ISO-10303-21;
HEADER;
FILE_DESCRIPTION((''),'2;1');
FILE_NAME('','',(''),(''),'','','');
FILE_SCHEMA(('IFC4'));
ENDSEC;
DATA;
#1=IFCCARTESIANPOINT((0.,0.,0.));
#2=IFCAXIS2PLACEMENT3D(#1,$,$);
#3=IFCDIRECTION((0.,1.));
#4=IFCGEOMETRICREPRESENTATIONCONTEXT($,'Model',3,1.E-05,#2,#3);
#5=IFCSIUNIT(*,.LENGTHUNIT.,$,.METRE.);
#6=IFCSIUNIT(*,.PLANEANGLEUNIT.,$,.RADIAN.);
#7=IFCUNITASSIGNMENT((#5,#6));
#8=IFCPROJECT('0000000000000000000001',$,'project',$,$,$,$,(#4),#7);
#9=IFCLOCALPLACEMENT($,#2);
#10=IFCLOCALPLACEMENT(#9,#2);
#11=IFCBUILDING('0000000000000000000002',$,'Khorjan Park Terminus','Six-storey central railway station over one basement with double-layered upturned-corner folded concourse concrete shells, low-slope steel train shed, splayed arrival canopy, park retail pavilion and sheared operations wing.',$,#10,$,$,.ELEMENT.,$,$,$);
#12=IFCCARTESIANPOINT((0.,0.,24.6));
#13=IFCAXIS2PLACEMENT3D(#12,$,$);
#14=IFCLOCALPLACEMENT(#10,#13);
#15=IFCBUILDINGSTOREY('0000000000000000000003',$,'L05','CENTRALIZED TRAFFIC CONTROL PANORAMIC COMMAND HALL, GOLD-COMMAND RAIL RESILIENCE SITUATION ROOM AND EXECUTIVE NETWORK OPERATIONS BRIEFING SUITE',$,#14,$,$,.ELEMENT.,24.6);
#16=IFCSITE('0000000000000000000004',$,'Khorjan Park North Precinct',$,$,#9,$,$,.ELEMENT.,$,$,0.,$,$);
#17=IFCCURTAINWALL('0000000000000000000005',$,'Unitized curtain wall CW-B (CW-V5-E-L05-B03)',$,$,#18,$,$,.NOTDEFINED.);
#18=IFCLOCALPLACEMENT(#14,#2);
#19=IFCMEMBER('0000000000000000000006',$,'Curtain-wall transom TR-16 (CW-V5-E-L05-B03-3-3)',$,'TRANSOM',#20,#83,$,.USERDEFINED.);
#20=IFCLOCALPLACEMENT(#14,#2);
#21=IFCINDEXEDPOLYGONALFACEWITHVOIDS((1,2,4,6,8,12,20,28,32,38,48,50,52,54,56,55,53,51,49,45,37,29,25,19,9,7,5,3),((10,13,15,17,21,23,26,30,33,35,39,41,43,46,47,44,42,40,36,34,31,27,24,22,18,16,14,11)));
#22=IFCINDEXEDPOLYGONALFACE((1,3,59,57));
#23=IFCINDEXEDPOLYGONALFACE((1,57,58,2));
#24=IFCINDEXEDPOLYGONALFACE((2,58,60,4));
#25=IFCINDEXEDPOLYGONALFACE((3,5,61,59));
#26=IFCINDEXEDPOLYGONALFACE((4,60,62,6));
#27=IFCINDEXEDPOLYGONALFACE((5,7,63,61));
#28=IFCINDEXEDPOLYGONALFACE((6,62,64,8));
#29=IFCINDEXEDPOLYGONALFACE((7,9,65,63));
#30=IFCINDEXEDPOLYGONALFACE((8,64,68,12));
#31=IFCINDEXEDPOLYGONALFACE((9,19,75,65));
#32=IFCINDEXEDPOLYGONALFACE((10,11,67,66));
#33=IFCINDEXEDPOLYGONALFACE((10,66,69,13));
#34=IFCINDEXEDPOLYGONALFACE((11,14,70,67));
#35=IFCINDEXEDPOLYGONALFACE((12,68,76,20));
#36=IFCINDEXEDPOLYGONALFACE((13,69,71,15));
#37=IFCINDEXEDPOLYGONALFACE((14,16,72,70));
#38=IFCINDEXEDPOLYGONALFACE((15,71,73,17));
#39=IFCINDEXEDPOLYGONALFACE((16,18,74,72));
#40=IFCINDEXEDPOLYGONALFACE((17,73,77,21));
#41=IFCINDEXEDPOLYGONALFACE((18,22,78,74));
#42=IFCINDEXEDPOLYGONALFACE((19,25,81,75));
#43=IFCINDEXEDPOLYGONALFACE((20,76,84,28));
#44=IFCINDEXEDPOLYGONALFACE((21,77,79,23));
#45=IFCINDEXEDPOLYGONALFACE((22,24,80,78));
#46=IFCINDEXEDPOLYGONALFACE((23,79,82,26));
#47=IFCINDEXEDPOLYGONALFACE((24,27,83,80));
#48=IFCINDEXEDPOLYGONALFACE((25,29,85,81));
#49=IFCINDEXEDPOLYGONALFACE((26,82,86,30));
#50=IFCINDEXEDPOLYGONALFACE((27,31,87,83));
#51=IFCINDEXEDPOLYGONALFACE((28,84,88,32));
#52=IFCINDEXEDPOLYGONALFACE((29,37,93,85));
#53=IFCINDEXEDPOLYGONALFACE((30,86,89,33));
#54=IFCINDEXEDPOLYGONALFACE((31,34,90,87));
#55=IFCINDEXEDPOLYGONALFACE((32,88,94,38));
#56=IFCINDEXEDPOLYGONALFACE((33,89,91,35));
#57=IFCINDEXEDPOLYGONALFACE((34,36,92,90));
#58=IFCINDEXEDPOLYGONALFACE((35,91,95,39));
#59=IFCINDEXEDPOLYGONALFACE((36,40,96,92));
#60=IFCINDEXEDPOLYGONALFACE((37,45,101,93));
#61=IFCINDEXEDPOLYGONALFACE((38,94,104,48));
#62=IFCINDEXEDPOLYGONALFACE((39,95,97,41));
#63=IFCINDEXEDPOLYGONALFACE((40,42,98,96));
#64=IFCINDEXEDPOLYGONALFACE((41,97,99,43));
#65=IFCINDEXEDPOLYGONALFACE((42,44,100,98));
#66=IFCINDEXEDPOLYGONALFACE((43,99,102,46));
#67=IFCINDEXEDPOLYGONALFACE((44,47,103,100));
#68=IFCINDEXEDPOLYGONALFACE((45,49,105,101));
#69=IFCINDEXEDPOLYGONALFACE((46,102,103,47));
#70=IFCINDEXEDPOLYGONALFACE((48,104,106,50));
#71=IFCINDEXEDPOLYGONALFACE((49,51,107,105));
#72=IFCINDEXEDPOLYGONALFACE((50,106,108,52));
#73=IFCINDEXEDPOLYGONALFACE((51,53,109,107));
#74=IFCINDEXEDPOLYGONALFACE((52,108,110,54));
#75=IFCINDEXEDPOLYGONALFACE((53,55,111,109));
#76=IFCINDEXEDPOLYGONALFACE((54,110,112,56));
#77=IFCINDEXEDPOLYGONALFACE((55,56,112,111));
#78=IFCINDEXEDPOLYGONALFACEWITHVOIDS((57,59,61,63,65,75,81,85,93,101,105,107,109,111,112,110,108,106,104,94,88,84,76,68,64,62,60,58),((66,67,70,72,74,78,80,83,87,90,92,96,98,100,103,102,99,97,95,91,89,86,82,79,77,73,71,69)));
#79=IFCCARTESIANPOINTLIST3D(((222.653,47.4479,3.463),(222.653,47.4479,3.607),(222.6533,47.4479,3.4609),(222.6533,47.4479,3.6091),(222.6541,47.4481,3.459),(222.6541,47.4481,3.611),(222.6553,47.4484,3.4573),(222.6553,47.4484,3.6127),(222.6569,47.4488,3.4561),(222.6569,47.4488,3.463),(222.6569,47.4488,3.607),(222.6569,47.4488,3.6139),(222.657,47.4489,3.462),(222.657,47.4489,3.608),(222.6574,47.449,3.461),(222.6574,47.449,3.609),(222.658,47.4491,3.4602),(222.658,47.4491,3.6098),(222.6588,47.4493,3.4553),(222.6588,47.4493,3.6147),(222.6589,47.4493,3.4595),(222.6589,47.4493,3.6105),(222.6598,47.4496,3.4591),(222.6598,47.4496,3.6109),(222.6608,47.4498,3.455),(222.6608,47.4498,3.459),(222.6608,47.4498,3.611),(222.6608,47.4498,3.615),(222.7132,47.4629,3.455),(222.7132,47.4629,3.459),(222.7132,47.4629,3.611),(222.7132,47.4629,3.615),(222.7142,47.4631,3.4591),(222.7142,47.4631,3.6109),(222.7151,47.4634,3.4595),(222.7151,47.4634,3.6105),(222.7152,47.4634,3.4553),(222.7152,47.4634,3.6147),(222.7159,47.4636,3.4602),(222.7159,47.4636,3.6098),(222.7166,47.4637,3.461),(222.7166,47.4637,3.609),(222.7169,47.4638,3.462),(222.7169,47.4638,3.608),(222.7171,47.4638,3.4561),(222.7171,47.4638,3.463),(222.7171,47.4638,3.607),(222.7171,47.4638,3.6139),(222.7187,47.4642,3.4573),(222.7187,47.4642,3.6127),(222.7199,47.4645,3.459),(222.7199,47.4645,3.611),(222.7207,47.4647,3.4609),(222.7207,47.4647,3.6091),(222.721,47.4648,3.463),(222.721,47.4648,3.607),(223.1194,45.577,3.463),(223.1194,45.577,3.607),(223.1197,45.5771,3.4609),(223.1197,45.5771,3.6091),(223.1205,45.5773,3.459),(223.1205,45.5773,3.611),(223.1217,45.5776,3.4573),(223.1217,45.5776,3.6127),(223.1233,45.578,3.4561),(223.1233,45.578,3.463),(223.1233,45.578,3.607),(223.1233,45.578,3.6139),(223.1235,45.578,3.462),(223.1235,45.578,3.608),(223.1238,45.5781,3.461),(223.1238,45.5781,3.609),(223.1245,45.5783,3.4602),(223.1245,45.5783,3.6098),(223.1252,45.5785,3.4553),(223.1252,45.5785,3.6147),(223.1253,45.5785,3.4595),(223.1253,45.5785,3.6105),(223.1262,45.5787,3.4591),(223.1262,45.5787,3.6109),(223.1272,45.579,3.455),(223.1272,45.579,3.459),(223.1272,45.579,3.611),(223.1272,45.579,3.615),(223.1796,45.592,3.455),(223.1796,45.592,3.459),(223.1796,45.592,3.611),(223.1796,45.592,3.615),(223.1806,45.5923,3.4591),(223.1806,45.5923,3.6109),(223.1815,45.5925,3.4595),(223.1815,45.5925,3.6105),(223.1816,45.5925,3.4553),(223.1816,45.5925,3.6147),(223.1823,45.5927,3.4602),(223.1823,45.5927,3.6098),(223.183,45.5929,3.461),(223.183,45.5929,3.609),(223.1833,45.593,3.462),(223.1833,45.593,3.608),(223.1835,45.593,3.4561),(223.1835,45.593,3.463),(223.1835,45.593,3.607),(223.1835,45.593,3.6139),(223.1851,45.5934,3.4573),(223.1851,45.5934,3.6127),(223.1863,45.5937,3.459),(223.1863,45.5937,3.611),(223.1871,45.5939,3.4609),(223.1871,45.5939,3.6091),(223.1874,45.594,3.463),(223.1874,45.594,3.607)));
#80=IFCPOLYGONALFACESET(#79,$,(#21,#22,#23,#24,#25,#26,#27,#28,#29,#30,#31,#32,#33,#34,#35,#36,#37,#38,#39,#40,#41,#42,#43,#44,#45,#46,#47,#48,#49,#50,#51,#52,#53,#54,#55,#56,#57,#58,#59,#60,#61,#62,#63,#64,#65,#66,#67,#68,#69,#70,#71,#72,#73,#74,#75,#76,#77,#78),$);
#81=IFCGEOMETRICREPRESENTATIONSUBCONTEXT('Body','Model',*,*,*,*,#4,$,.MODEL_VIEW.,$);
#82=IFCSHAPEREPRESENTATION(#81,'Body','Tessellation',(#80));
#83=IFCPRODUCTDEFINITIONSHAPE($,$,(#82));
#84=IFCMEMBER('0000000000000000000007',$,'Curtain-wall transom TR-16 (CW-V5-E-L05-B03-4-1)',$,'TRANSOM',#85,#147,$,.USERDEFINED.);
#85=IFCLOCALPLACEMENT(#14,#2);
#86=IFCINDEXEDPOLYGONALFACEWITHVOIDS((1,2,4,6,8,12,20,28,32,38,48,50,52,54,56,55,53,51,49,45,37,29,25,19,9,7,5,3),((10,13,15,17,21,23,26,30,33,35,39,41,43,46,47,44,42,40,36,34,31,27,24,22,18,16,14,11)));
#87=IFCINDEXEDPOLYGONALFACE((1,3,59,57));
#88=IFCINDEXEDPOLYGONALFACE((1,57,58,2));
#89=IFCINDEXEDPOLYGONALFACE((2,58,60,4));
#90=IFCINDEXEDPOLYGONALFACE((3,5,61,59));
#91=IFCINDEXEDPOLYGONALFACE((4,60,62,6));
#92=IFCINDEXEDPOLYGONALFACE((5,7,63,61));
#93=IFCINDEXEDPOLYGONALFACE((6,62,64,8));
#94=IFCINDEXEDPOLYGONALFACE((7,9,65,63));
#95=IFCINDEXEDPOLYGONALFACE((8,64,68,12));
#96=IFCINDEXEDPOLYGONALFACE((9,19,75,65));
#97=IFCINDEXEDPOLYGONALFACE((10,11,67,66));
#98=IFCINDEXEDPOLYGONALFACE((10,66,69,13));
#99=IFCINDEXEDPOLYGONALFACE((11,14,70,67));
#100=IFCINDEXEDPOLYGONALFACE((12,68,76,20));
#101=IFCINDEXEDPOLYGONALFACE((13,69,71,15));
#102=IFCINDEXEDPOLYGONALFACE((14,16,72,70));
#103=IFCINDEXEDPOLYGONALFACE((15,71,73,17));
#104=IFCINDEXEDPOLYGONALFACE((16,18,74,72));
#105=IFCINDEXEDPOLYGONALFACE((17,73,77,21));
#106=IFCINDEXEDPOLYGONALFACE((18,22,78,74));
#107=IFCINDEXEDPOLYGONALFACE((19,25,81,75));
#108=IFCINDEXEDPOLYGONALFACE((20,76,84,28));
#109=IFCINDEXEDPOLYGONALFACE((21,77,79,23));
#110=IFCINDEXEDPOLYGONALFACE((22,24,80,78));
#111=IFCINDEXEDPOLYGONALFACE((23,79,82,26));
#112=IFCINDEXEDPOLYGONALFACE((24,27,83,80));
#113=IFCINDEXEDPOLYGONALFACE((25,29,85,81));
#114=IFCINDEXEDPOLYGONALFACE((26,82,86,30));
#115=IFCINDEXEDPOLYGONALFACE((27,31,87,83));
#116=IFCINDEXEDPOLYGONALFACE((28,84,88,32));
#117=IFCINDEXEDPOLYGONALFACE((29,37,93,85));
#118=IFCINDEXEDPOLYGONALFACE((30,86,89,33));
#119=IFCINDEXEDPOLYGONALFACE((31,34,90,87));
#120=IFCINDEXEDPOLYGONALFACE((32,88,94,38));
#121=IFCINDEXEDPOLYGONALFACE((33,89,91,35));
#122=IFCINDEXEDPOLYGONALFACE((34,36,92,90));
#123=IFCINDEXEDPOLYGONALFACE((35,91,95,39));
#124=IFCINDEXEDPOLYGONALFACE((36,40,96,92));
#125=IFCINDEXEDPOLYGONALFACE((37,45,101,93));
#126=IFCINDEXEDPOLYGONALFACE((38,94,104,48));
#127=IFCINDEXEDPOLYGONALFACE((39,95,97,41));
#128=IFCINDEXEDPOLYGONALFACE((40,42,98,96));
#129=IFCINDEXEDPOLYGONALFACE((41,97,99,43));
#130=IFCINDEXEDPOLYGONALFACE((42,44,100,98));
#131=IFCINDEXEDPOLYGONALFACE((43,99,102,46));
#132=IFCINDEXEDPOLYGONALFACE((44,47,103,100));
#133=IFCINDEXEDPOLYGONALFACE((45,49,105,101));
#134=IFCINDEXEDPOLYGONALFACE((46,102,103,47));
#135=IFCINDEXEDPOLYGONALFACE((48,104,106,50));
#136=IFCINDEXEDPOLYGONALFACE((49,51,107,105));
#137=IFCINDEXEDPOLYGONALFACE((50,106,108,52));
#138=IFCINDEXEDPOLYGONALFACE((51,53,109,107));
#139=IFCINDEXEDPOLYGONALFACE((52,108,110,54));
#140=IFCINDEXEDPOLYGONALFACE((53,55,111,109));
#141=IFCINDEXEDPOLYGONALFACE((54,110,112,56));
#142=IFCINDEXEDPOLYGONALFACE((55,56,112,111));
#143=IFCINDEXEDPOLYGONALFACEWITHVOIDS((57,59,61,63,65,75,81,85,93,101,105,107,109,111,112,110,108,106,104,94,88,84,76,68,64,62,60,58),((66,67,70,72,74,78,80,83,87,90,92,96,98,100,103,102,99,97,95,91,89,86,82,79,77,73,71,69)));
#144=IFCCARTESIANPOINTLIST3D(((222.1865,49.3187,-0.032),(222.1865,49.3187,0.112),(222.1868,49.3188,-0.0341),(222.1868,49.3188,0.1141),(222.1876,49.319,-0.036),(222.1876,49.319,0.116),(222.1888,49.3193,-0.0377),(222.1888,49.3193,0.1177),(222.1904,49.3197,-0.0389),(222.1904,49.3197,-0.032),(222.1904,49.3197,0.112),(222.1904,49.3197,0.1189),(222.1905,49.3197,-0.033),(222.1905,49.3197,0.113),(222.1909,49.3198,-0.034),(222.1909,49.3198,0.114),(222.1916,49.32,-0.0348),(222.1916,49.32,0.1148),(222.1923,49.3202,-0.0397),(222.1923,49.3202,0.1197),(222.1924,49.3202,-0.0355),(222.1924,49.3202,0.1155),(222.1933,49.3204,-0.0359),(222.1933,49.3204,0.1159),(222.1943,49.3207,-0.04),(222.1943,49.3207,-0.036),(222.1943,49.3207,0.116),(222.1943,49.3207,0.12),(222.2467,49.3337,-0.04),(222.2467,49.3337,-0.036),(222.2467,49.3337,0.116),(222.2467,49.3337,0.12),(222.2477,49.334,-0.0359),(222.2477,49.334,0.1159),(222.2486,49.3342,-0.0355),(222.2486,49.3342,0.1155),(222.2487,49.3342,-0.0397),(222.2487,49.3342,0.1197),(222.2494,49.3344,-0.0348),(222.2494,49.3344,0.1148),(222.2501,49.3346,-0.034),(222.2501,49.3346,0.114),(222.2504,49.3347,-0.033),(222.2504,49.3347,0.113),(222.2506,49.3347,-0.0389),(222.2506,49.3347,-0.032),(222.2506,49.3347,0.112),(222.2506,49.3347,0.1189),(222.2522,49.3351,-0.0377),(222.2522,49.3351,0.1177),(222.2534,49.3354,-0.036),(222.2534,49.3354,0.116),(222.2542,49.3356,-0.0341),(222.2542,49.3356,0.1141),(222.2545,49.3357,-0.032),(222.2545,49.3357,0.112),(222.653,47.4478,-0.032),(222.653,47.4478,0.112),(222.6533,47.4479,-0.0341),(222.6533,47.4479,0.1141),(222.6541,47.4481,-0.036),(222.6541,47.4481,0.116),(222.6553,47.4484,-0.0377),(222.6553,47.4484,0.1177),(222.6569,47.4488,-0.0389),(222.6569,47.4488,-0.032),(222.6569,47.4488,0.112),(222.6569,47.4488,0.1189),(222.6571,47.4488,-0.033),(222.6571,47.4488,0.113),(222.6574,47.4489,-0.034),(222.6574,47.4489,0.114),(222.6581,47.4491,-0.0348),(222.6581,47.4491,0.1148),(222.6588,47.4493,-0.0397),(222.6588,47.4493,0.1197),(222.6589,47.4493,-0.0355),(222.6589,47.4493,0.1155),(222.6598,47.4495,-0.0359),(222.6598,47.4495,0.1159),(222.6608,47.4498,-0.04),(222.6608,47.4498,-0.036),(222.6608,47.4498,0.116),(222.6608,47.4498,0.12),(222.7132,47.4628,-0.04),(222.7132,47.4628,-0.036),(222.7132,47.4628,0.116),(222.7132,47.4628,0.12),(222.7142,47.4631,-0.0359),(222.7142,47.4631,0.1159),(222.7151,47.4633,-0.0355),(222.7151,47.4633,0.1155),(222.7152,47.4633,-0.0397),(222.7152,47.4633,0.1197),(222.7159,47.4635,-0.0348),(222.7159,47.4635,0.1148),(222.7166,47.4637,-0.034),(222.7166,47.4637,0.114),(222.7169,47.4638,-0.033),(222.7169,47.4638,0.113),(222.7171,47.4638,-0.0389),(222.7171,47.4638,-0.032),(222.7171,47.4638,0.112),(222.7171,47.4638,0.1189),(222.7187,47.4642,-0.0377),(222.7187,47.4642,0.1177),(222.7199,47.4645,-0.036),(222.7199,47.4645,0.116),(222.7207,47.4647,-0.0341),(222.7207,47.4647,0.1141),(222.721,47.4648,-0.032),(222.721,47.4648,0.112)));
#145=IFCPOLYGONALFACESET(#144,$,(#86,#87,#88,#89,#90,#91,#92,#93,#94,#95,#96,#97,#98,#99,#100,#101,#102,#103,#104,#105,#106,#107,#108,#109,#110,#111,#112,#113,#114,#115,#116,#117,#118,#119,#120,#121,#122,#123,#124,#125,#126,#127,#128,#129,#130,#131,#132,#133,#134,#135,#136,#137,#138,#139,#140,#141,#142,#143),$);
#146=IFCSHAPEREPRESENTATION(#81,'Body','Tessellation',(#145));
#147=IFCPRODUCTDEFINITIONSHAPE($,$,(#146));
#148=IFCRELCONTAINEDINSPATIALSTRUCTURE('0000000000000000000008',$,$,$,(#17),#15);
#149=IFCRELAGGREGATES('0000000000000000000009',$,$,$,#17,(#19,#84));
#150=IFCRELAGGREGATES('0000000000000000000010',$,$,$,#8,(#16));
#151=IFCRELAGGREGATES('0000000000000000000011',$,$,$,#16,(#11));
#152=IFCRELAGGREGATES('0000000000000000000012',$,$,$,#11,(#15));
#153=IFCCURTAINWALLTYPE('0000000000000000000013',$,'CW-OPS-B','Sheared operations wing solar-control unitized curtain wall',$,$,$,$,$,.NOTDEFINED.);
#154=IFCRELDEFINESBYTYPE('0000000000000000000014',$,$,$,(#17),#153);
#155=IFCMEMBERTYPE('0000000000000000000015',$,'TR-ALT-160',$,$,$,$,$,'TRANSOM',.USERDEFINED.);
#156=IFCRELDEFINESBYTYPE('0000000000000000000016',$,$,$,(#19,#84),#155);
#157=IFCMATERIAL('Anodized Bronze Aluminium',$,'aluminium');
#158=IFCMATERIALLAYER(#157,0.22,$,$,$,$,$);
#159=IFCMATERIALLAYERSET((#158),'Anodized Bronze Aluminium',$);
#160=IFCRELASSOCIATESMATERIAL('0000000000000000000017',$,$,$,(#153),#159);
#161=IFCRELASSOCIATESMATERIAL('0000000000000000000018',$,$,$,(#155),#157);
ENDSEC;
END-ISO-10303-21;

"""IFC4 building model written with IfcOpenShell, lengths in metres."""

from ifc_helpers import new_model, si_unit, direction, frame, origin, origin_2d, place, context, subcontext, project, spatial, hollow_rectangle, extrude, material, layer, layer_set, material_profile, profile_set, type_object, element, aggregate, save


model = new_model("IFC4")

# Units and contexts
model_context = context("Model", 3, precision=1e-05, world=origin(), true_north=direction((0.0, 1.0)))
body_context = subcontext(model_context, "Body", "Model", "MODEL_VIEW")
ifc_project = project(units=[si_unit("LENGTHUNIT", "METRE"), si_unit("PLANEANGLEUNIT", "RADIAN")], contexts=[model_context])

# Site, building, storey
site_placement = place(None, origin())
site = spatial("IfcSite", under=ifc_project, at=site_placement, Name="Khorjan Park North Precinct", CompositionType="ELEMENT", RefElevation=0.0)
building_placement = place(site_placement, origin())
building = spatial("IfcBuilding", under=site, at=building_placement, Name="Khorjan Park Terminus", Description="Six-storey central railway station over one basement with double-layered upturned-corner folded concourse concrete shells, low-slope steel train shed, splayed arrival canopy, park retail pavilion and sheared operations wing.", CompositionType="ELEMENT")
storey_placement = place(building_placement, frame((0.0, 0.0, 24.6)))
storey = spatial("IfcBuildingStorey", under=building, at=storey_placement, Name="L05", Description="CENTRALIZED TRAFFIC CONTROL PANORAMIC COMMAND HALL, GOLD-COMMAND RAIL RESILIENCE SITUATION ROOM AND EXECUTIVE NETWORK OPERATIONS BRIEFING SUITE", CompositionType="ELEMENT", Elevation=24.6)

# Curtain wall, members
ifc_material_1 = material(Name="Anodized Bronze Aluminium", Category="aluminium")
ifc_layer_1 = layer(ifc_material_1, 0.22)
ifc_layer_set_1 = layer_set([ifc_layer_1], Name="Anodized Bronze Aluminium")
curtain_wall_type = type_object("IfcCurtainWallType", Name="CW-OPS-B", Description="Sheared operations wing solar-control unitized curtain wall", PredefinedType="NOTDEFINED", material=ifc_layer_set_1)
curtain_wall_placement = place(storey_placement, origin())
curtain_wall = element("IfcCurtainWall", 1, at=curtain_wall_placement, inside=storey, type_object=curtain_wall_type, Name="Unitized curtain wall CW-B (CW-V5-E-L05-B03)", PredefinedType="NOTDEFINED")
ifc_material_profile_1 = material_profile(ifc_material_1, hollow_rectangle(XDim=0.07, YDim=0.16, WallThickness=0.004, InnerFilletRadius=0.004, OuterFilletRadius=0.008, at=origin_2d()), Name="ALT 70x160x4")
ifc_profile_set_1 = profile_set([ifc_material_profile_1], Name="Anodized Bronze Aluminium")
member_type_1 = type_object("IfcMemberType", Name="TR-ALT-160", ElementType="TRANSOM", PredefinedType="USERDEFINED", material=ifc_profile_set_1)
member_1_placement = place(storey_placement, frame((223.1534, 45.5855, 3.535), z_axis=(-0.241901, 0.970301, 0.0), x_axis=(-0.970301, -0.241901, 0.0)))
member_1 = element("IfcMember", 2, at=member_1_placement, type_object=member_type_1, Name="Curtain-wall transom TR-16 (CW-V5-E-L05-B03-3-3)", ObjectType="TRANSOM", PredefinedType="USERDEFINED", context=body_context, shape_type="SweptSolid", body=[
    extrude(hollow_rectangle(XDim=0.07, YDim=0.16, WallThickness=0.004, InnerFilletRadius=0.004, OuterFilletRadius=0.008, at=origin_2d()), origin(), (0.0, 0.0, 1.0), 1.9281),
])
member_2_placement = place(storey_placement, frame((222.687, 47.4563, 0.04), z_axis=(-0.241938, 0.970292, 0.0), x_axis=(-0.970292, -0.241938, 0.0)))
member_2 = element("IfcMember", 3, at=member_2_placement, type_object=member_type_1, Name="Curtain-wall transom TR-16 (CW-V5-E-L05-B03-4-1)", ObjectType="TRANSOM", PredefinedType="USERDEFINED", context=body_context, shape_type="SweptSolid", body=[
    extrude(hollow_rectangle(XDim=0.07, YDim=0.16, WallThickness=0.004, InnerFilletRadius=0.004, OuterFilletRadius=0.008, at=origin_2d()), origin(), (0.0, 0.0, 1.0), 1.9282),
])
aggregate(curtain_wall, [member_1, member_2])

save(model, "model.ifc")
